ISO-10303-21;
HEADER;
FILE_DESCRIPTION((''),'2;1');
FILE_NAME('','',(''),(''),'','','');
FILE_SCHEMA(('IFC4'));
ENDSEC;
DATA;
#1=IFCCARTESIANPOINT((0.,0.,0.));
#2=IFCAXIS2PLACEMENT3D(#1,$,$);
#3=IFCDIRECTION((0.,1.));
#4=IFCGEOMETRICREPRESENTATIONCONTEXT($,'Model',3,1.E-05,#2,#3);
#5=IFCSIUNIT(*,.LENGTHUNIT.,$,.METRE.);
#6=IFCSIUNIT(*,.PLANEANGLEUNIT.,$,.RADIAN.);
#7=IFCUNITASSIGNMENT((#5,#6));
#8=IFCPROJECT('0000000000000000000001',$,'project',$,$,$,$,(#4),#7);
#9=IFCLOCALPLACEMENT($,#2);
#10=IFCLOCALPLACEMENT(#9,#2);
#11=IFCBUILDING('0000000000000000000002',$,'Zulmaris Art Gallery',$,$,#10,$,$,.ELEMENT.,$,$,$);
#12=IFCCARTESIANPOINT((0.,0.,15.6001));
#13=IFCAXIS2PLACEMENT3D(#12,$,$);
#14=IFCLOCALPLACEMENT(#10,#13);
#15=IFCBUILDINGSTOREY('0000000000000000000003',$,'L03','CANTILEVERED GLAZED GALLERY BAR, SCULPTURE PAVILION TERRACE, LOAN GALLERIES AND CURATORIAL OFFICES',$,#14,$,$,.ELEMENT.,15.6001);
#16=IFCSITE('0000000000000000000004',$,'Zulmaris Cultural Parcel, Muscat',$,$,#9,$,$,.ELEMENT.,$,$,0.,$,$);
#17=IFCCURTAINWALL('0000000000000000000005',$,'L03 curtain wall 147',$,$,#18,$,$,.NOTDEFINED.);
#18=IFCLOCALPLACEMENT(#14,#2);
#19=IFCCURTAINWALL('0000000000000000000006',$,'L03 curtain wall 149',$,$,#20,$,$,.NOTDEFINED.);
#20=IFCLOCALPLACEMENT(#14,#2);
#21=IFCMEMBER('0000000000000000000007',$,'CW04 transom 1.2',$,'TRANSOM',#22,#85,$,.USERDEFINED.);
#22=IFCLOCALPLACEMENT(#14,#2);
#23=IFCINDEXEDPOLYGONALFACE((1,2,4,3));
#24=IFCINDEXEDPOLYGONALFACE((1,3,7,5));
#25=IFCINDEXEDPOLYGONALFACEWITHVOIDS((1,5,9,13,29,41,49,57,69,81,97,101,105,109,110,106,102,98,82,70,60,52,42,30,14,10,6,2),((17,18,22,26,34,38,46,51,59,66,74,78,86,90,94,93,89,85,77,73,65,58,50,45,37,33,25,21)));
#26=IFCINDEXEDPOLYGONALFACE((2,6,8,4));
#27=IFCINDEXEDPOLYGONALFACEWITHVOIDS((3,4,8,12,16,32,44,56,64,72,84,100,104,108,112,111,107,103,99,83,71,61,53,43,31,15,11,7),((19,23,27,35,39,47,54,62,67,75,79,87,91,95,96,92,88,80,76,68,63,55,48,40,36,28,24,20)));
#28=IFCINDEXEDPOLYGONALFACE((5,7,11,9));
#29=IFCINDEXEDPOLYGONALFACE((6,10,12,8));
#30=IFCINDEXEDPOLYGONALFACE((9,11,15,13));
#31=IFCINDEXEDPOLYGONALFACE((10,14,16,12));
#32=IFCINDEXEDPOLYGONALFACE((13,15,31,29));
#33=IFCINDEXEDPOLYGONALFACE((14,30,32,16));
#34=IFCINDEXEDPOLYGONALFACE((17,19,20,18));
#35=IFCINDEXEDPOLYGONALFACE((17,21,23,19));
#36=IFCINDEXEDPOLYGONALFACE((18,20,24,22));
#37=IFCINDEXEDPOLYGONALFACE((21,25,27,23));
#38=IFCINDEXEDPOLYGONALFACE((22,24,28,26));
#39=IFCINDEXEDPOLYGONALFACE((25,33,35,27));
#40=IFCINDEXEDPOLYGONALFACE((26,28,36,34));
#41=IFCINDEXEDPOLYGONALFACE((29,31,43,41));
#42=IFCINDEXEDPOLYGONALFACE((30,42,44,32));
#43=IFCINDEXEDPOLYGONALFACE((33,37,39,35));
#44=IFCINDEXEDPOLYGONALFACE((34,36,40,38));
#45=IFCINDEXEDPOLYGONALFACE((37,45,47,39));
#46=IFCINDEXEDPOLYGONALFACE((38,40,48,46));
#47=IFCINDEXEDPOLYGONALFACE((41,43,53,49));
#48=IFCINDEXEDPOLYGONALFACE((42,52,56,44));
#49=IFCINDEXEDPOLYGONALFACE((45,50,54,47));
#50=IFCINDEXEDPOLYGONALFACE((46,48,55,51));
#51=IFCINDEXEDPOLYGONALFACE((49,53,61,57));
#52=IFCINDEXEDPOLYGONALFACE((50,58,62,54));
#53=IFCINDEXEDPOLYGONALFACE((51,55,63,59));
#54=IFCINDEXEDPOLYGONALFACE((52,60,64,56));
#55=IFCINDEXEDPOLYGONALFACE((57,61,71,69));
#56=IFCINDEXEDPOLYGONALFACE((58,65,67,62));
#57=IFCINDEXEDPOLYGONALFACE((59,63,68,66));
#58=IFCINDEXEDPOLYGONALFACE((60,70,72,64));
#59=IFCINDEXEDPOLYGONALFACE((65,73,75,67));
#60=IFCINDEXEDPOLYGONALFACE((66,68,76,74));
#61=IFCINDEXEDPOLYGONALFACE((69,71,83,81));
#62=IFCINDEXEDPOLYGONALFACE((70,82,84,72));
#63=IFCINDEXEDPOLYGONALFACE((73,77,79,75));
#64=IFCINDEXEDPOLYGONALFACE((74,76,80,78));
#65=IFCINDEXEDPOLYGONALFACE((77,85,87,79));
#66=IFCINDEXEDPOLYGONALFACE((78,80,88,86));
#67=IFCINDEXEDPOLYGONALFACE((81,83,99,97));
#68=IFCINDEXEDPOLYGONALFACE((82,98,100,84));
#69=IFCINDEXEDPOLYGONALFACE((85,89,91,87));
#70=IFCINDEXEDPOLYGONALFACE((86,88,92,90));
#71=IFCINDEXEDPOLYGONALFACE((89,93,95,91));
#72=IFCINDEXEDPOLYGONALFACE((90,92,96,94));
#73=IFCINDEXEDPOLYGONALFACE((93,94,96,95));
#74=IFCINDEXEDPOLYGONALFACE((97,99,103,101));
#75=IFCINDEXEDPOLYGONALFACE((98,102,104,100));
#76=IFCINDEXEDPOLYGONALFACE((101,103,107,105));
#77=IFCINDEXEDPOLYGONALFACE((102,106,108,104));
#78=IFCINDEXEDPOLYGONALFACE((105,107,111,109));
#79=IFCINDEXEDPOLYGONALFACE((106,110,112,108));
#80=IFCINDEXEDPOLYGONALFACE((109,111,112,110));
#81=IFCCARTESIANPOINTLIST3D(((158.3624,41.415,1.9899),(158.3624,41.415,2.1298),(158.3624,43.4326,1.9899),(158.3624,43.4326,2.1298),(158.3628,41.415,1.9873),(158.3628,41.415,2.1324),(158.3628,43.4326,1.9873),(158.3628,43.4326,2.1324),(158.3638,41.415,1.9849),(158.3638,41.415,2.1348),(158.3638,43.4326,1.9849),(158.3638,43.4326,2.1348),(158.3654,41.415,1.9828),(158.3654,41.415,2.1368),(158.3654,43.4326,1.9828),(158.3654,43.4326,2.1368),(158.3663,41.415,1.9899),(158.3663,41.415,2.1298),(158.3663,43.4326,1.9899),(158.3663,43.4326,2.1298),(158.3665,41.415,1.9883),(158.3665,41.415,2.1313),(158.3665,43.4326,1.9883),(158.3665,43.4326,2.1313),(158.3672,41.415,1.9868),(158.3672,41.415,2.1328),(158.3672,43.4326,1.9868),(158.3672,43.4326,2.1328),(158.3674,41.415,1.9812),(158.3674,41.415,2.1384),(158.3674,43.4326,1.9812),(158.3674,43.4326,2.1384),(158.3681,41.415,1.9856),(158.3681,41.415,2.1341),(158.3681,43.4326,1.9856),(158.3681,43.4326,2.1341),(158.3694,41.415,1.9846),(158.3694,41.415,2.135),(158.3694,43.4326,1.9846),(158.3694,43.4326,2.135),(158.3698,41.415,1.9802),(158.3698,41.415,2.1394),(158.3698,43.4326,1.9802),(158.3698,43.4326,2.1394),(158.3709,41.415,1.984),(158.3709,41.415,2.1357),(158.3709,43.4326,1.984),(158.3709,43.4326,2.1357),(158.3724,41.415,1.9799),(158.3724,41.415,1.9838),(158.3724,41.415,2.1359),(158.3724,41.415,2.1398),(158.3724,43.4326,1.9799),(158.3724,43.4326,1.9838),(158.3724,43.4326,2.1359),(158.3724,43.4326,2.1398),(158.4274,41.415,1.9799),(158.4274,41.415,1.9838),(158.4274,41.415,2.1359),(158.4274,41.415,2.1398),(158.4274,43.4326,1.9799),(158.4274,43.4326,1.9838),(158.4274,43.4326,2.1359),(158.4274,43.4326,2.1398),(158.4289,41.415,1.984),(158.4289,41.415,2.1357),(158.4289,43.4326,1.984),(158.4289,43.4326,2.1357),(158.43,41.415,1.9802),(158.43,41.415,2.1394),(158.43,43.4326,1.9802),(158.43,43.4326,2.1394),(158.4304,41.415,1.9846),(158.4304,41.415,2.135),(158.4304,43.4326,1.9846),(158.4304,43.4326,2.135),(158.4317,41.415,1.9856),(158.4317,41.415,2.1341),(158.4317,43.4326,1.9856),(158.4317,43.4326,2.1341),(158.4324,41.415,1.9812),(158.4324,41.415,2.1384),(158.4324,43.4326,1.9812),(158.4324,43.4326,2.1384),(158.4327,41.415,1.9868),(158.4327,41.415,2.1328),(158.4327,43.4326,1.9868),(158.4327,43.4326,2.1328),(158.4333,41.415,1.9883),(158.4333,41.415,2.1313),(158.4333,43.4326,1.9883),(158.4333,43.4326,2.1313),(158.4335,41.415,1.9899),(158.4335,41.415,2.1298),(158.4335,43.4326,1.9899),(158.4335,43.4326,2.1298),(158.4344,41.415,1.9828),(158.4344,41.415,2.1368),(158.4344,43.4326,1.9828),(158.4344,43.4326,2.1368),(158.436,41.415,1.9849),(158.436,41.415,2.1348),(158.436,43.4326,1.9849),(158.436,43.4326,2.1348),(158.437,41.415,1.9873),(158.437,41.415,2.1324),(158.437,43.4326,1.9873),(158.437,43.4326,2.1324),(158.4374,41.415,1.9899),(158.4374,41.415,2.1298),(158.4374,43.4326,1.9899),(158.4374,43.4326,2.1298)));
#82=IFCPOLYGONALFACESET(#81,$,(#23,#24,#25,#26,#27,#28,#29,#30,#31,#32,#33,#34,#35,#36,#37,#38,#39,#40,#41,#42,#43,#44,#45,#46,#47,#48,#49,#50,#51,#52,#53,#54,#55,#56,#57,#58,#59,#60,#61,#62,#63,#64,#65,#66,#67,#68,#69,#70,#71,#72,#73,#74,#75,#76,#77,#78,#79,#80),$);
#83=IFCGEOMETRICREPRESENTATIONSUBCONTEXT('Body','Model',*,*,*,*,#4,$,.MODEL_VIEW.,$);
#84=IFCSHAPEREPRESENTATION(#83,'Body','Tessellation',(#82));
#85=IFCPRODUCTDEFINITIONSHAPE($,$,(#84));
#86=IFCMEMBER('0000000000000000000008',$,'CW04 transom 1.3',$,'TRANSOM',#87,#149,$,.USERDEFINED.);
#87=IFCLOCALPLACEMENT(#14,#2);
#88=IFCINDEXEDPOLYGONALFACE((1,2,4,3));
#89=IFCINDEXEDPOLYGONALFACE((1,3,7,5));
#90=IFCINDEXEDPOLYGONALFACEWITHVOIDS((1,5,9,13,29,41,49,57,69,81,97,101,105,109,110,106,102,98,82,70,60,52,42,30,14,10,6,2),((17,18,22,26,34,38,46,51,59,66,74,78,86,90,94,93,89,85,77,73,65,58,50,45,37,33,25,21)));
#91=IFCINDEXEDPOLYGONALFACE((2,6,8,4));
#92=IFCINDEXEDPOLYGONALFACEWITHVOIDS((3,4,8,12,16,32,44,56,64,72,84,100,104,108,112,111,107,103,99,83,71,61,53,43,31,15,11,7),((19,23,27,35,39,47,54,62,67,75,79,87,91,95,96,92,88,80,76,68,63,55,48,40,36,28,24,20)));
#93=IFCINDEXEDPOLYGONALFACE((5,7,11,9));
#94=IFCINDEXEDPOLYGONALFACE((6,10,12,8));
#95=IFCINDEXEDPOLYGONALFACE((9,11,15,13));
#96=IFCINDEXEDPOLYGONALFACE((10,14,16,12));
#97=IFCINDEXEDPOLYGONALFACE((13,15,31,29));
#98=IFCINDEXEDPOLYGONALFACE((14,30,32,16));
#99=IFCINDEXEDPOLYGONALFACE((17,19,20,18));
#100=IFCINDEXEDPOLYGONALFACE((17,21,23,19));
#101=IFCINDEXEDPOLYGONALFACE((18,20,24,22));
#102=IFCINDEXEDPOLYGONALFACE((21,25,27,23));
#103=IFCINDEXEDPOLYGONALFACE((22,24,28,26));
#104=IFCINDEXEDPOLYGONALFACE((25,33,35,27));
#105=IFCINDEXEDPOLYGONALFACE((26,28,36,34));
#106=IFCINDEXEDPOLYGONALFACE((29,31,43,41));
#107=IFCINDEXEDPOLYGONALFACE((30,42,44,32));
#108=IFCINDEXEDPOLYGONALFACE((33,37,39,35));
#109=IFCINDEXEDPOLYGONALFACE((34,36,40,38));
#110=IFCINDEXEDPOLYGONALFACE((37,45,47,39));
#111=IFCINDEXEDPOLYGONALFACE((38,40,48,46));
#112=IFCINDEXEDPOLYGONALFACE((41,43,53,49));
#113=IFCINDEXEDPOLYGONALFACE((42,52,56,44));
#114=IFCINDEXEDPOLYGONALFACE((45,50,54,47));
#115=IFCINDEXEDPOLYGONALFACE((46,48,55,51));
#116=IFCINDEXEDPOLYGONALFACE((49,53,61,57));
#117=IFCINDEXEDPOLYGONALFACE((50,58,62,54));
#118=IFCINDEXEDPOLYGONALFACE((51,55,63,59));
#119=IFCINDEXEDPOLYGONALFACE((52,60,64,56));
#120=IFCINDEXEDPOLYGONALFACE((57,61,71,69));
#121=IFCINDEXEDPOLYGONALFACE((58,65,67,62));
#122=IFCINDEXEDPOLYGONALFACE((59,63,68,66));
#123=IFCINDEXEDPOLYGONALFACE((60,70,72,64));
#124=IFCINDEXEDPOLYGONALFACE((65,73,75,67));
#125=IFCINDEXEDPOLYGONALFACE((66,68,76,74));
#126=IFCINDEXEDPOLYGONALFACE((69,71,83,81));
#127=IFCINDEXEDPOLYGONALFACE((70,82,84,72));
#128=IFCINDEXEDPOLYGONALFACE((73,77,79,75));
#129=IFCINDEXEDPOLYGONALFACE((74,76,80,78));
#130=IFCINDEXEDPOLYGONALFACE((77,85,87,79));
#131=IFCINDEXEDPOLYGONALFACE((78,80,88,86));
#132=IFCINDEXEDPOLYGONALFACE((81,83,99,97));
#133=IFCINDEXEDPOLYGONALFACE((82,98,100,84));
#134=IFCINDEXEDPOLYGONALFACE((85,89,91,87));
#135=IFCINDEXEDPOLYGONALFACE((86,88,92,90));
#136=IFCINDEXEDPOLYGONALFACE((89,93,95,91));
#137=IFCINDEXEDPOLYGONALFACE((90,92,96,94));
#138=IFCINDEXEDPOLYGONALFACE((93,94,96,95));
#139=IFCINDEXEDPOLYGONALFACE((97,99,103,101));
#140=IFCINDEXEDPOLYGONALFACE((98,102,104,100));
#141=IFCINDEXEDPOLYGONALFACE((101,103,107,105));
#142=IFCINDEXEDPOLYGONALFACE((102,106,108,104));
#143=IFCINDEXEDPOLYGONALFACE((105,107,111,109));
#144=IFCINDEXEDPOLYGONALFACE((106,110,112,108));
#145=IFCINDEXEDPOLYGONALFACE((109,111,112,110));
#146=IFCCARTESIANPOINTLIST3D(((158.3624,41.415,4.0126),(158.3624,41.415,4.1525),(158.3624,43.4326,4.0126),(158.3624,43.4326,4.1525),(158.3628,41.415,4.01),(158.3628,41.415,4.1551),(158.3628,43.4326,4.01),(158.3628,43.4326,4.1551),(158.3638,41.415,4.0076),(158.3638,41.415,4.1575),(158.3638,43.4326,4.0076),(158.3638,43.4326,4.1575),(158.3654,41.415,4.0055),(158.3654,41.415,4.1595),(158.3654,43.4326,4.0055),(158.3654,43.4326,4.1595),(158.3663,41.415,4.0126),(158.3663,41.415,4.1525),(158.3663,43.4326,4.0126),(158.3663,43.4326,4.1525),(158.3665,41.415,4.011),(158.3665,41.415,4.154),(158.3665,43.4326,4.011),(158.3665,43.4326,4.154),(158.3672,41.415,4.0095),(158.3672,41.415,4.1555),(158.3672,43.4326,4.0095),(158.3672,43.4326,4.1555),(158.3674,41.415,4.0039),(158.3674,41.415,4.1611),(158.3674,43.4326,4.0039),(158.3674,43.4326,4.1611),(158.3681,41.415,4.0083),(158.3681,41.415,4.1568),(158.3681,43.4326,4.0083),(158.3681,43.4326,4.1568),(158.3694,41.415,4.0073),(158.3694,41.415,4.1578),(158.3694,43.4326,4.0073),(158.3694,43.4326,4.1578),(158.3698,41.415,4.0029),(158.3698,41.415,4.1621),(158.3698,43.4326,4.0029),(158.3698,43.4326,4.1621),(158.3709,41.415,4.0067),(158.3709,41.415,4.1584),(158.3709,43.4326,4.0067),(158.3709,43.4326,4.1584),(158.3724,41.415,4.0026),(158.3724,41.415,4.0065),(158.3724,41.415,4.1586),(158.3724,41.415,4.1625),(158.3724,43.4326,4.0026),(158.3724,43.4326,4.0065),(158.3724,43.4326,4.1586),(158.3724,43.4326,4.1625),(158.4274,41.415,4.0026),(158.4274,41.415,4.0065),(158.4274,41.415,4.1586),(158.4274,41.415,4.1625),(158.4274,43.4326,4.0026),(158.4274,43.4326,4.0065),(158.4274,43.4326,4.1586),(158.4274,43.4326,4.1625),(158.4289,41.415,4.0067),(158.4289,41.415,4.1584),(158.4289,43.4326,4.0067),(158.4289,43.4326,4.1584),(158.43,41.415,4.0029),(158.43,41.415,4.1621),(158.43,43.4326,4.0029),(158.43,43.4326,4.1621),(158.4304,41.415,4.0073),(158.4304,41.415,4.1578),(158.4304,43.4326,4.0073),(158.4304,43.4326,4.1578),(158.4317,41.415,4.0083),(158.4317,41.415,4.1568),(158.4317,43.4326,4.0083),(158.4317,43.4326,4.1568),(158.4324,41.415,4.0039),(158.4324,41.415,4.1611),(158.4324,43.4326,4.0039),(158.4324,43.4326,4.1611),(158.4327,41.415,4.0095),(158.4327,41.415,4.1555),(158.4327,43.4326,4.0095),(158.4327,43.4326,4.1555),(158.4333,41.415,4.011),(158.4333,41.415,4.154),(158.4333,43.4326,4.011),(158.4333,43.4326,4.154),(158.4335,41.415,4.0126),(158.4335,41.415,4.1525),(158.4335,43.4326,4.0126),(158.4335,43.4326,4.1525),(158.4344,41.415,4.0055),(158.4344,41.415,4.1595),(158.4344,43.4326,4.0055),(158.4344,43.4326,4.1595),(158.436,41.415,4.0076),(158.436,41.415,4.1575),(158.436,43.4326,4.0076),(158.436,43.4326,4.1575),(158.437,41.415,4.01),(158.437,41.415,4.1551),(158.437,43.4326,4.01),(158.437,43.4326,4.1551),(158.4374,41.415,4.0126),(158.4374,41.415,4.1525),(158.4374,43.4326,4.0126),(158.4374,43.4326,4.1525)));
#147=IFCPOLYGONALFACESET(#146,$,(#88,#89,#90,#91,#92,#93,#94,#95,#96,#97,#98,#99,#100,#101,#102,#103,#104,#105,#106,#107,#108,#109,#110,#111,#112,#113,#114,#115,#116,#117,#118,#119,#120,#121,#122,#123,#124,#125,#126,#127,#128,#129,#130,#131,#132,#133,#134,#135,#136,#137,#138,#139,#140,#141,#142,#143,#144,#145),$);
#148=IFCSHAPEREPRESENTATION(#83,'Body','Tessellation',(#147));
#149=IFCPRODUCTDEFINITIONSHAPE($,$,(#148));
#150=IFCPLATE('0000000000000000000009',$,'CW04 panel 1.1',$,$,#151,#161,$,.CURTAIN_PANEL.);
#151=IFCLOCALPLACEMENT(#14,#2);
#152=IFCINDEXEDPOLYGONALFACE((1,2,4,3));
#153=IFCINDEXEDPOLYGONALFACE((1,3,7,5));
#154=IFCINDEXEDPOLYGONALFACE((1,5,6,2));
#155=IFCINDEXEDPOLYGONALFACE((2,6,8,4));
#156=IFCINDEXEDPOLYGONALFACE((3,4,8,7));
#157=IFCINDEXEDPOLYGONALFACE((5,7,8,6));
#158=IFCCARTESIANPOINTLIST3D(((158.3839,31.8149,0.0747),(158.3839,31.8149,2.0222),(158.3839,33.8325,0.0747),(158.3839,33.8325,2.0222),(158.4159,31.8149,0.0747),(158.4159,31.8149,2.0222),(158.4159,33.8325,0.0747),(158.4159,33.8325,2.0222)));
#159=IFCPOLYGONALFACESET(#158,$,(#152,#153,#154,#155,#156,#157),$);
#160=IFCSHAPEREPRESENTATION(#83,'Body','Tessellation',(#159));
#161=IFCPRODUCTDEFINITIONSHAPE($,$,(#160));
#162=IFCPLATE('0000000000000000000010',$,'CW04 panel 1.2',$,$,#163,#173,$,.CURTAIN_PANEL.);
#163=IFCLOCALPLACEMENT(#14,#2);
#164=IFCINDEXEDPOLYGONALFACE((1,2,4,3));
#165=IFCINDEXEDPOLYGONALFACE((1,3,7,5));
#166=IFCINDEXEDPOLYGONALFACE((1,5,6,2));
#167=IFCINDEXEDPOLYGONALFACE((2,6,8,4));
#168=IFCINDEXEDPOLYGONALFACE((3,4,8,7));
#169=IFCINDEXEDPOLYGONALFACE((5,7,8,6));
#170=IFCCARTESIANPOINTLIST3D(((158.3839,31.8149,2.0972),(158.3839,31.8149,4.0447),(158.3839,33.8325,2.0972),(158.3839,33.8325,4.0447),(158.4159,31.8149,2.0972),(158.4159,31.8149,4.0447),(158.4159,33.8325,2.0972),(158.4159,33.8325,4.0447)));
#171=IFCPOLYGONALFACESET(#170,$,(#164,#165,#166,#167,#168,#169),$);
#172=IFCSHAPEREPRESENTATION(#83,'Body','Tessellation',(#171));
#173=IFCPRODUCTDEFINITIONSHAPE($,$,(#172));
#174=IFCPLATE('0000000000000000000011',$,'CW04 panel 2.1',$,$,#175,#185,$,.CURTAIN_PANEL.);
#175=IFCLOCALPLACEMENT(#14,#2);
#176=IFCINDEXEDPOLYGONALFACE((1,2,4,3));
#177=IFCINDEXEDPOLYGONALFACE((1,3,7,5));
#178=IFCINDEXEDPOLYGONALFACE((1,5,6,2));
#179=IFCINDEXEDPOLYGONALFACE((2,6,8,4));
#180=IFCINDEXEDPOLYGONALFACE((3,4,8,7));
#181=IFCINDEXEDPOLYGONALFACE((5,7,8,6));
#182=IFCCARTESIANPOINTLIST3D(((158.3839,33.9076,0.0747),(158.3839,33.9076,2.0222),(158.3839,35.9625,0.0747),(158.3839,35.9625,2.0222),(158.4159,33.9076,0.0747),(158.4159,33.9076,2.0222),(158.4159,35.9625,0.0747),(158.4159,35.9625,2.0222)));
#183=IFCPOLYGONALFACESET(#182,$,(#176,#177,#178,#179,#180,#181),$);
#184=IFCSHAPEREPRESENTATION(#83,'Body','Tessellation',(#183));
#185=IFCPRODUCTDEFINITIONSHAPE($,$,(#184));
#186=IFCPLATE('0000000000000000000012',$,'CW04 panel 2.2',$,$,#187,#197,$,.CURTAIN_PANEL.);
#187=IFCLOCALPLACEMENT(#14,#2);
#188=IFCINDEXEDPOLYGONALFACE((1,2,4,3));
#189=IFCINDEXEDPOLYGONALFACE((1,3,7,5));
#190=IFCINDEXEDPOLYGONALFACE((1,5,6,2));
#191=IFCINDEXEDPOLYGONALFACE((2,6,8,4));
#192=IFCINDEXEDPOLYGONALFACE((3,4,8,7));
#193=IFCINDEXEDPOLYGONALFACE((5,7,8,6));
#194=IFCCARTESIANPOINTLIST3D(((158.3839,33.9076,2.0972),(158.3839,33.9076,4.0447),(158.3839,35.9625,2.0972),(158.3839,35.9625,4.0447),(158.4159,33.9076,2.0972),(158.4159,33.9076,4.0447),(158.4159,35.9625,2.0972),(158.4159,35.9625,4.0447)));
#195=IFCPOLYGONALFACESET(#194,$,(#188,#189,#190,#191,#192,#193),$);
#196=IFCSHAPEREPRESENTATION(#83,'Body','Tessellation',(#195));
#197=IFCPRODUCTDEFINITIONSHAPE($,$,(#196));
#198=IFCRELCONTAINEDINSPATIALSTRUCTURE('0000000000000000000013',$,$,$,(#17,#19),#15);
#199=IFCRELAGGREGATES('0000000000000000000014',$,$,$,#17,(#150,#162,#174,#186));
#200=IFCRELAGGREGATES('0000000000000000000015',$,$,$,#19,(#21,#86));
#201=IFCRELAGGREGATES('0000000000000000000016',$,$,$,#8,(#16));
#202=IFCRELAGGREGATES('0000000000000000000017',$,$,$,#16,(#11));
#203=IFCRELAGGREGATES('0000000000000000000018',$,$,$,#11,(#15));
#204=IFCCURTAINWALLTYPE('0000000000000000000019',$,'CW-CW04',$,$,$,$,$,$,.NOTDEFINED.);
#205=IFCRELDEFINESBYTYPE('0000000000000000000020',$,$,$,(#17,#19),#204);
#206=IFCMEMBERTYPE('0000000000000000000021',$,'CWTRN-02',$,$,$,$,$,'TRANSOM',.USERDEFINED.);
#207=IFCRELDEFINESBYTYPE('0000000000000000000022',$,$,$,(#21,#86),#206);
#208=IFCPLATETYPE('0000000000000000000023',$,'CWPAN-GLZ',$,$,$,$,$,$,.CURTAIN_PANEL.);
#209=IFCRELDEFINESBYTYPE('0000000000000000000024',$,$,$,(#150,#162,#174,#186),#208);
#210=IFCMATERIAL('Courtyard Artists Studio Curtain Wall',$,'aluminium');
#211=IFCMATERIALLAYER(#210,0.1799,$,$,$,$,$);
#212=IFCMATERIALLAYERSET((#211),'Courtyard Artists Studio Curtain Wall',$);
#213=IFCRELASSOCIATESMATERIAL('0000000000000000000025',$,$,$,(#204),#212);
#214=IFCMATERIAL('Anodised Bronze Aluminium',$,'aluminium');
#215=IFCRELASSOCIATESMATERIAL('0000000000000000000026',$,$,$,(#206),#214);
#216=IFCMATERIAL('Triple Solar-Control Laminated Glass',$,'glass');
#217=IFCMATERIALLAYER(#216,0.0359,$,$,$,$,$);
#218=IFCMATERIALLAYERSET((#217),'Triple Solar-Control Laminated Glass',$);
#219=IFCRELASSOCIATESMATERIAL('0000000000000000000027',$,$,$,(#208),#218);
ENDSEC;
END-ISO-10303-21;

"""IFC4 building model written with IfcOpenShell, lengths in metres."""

from ifc_helpers import new_model, si_unit, direction, frame, origin, origin_2d, place, context, subcontext, project, spatial, rectangle, hollow_rectangle, extrude, material, layer, layer_set, material_profile, profile_set, type_object, element, aggregate, save


model = new_model("IFC4")

# Units and contexts
model_context = context("Model", 3, precision=1e-05, world=origin(), true_north=direction((0.0, 1.0)))
body_context = subcontext(model_context, "Body", "Model", "MODEL_VIEW")
ifc_project = project(units=[si_unit("LENGTHUNIT", "METRE"), si_unit("PLANEANGLEUNIT", "RADIAN")], contexts=[model_context])

# Site, building, storey
site_placement = place(None, origin())
site = spatial("IfcSite", under=ifc_project, at=site_placement, Name="Zulmaris Cultural Parcel, Muscat", CompositionType="ELEMENT", RefElevation=0.0)
building_placement = place(site_placement, origin())
building = spatial("IfcBuilding", under=site, at=building_placement, Name="Zulmaris Art Gallery", CompositionType="ELEMENT")
storey_placement = place(building_placement, frame((0.0, 0.0, 15.6001)))
storey = spatial("IfcBuildingStorey", under=building, at=storey_placement, Name="L03", Description="CANTILEVERED GLAZED GALLERY BAR, SCULPTURE PAVILION TERRACE, LOAN GALLERIES AND CURATORIAL OFFICES", CompositionType="ELEMENT", Elevation=15.6001)

# Curtain wall
ifc_material_1 = material(Name="Courtyard Artists Studio Curtain Wall", Category="aluminium")
ifc_layer_1 = layer(ifc_material_1, 0.1799)
ifc_layer_set_1 = layer_set([ifc_layer_1], Name="Courtyard Artists Studio Curtain Wall")
curtain_wall_type = type_object("IfcCurtainWallType", Name="CW-CW04", PredefinedType="NOTDEFINED", material=ifc_layer_set_1)
curtain_wall_1_placement = place(storey_placement, origin())
curtain_wall_1 = element("IfcCurtainWall", 1, at=curtain_wall_1_placement, inside=storey, type_object=curtain_wall_type, Name="L03 curtain wall 147", PredefinedType="NOTDEFINED")
ifc_material_2 = material(Name="Anodised Bronze Aluminium", Category="aluminium")

# Curtain wall
curtain_wall_2_placement = place(storey_placement, origin())
curtain_wall_2 = element("IfcCurtainWall", 2, at=curtain_wall_2_placement, inside=storey, type_object=curtain_wall_type, Name="L03 curtain wall 149", PredefinedType="NOTDEFINED")

# Members
ifc_material_profile_1 = material_profile(ifc_material_2, hollow_rectangle(XDim=0.075, YDim=0.1599, WallThickness=0.0039, InnerFilletRadius=0.0061, OuterFilletRadius=0.01, at=origin_2d()), Name="ALU 75x160x4")
ifc_profile_set_1 = profile_set([ifc_material_profile_1], Name="Anodised Bronze Aluminium")
member_type_1 = type_object("IfcMemberType", Name="CWTRN-02", ElementType="TRANSOM", PredefinedType="USERDEFINED", material=ifc_profile_set_1)
member_1_placement = place(storey_placement, frame((158.3999, 41.415, 2.0598), z_axis=(0.0, 1.0, 0.0), x_axis=(-1.0, 0.0, 0.0)))
member_1 = element("IfcMember", 3, at=member_1_placement, type_object=member_type_1, Name="CW04 transom 1.2", ObjectType="TRANSOM", PredefinedType="USERDEFINED", context=body_context, shape_type="SweptSolid", body=[
    extrude(hollow_rectangle(XDim=0.075, YDim=0.1599, WallThickness=0.0039, InnerFilletRadius=0.0061, OuterFilletRadius=0.01, at=origin_2d()), origin(), (0.0, 0.0, 1.0), 2.0176),
])
member_2_placement = place(storey_placement, frame((158.3999, 41.415, 4.0825), z_axis=(0.0, 1.0, 0.0), x_axis=(-1.0, 0.0, 0.0)))
member_2 = element("IfcMember", 4, at=member_2_placement, type_object=member_type_1, Name="CW04 transom 1.3", ObjectType="TRANSOM", PredefinedType="USERDEFINED", context=body_context, shape_type="SweptSolid", body=[
    extrude(hollow_rectangle(XDim=0.075, YDim=0.1599, WallThickness=0.0039, InnerFilletRadius=0.0061, OuterFilletRadius=0.01, at=origin_2d()), origin(), (0.0, 0.0, 1.0), 2.0176),
])

# Plates
ifc_material_3 = material(Name="Triple Solar-Control Laminated Glass", Category="glass")
ifc_layer_2 = layer(ifc_material_3, 0.0359)
ifc_layer_set_2 = layer_set([ifc_layer_2], Name="Triple Solar-Control Laminated Glass")
plate_type = type_object("IfcPlateType", Name="CWPAN-GLZ", PredefinedType="CURTAIN_PANEL", material=ifc_layer_set_2)
plate_1_placement = place(storey_placement, frame((158.3999, 32.8237, 0.0747), z_axis=(0.0, 0.0, 1.0), x_axis=(0.0, 1.0, 0.0)))
plate_1 = element("IfcPlate", 5, at=plate_1_placement, type_object=plate_type, Name="CW04 panel 1.1", PredefinedType="CURTAIN_PANEL", context=body_context, shape_type="SweptSolid", body=[
    extrude(rectangle(XDim=2.0176, YDim=0.032, at=origin_2d()), origin(), (0.0, 0.0, 1.0), 1.9475),
])
plate_2_placement = place(storey_placement, frame((158.3999, 32.8237, 2.0972), z_axis=(0.0, 0.0, 1.0), x_axis=(0.0, 1.0, 0.0)))
plate_2 = element("IfcPlate", 6, at=plate_2_placement, type_object=plate_type, Name="CW04 panel 1.2", PredefinedType="CURTAIN_PANEL", context=body_context, shape_type="SweptSolid", body=[
    extrude(rectangle(XDim=2.0176, YDim=0.032, at=origin_2d()), origin(), (0.0, 0.0, 1.0), 1.9475),
])
plate_3_placement = place(storey_placement, frame((158.3999, 34.9351, 0.0747), z_axis=(0.0, 0.0, 1.0), x_axis=(0.0, 1.0, 0.0)))
plate_3 = element("IfcPlate", 7, at=plate_3_placement, type_object=plate_type, Name="CW04 panel 2.1", PredefinedType="CURTAIN_PANEL", context=body_context, shape_type="SweptSolid", body=[
    extrude(rectangle(XDim=2.0549, YDim=0.032, at=origin_2d()), origin(), (0.0, 0.0, 1.0), 1.9475),
])
plate_4_placement = place(storey_placement, frame((158.3999, 34.9351, 2.0972), z_axis=(0.0, 0.0, 1.0), x_axis=(0.0, 1.0, 0.0)))
plate_4 = element("IfcPlate", 8, at=plate_4_placement, type_object=plate_type, Name="CW04 panel 2.2", PredefinedType="CURTAIN_PANEL", context=body_context, shape_type="SweptSolid", body=[
    extrude(rectangle(XDim=2.0549, YDim=0.032, at=origin_2d()), origin(), (0.0, 0.0, 1.0), 1.9475),
])
aggregate(curtain_wall_1, [plate_1, plate_2, plate_3, plate_4])
aggregate(curtain_wall_2, [member_1, member_2])

save(model, "model.ifc")
